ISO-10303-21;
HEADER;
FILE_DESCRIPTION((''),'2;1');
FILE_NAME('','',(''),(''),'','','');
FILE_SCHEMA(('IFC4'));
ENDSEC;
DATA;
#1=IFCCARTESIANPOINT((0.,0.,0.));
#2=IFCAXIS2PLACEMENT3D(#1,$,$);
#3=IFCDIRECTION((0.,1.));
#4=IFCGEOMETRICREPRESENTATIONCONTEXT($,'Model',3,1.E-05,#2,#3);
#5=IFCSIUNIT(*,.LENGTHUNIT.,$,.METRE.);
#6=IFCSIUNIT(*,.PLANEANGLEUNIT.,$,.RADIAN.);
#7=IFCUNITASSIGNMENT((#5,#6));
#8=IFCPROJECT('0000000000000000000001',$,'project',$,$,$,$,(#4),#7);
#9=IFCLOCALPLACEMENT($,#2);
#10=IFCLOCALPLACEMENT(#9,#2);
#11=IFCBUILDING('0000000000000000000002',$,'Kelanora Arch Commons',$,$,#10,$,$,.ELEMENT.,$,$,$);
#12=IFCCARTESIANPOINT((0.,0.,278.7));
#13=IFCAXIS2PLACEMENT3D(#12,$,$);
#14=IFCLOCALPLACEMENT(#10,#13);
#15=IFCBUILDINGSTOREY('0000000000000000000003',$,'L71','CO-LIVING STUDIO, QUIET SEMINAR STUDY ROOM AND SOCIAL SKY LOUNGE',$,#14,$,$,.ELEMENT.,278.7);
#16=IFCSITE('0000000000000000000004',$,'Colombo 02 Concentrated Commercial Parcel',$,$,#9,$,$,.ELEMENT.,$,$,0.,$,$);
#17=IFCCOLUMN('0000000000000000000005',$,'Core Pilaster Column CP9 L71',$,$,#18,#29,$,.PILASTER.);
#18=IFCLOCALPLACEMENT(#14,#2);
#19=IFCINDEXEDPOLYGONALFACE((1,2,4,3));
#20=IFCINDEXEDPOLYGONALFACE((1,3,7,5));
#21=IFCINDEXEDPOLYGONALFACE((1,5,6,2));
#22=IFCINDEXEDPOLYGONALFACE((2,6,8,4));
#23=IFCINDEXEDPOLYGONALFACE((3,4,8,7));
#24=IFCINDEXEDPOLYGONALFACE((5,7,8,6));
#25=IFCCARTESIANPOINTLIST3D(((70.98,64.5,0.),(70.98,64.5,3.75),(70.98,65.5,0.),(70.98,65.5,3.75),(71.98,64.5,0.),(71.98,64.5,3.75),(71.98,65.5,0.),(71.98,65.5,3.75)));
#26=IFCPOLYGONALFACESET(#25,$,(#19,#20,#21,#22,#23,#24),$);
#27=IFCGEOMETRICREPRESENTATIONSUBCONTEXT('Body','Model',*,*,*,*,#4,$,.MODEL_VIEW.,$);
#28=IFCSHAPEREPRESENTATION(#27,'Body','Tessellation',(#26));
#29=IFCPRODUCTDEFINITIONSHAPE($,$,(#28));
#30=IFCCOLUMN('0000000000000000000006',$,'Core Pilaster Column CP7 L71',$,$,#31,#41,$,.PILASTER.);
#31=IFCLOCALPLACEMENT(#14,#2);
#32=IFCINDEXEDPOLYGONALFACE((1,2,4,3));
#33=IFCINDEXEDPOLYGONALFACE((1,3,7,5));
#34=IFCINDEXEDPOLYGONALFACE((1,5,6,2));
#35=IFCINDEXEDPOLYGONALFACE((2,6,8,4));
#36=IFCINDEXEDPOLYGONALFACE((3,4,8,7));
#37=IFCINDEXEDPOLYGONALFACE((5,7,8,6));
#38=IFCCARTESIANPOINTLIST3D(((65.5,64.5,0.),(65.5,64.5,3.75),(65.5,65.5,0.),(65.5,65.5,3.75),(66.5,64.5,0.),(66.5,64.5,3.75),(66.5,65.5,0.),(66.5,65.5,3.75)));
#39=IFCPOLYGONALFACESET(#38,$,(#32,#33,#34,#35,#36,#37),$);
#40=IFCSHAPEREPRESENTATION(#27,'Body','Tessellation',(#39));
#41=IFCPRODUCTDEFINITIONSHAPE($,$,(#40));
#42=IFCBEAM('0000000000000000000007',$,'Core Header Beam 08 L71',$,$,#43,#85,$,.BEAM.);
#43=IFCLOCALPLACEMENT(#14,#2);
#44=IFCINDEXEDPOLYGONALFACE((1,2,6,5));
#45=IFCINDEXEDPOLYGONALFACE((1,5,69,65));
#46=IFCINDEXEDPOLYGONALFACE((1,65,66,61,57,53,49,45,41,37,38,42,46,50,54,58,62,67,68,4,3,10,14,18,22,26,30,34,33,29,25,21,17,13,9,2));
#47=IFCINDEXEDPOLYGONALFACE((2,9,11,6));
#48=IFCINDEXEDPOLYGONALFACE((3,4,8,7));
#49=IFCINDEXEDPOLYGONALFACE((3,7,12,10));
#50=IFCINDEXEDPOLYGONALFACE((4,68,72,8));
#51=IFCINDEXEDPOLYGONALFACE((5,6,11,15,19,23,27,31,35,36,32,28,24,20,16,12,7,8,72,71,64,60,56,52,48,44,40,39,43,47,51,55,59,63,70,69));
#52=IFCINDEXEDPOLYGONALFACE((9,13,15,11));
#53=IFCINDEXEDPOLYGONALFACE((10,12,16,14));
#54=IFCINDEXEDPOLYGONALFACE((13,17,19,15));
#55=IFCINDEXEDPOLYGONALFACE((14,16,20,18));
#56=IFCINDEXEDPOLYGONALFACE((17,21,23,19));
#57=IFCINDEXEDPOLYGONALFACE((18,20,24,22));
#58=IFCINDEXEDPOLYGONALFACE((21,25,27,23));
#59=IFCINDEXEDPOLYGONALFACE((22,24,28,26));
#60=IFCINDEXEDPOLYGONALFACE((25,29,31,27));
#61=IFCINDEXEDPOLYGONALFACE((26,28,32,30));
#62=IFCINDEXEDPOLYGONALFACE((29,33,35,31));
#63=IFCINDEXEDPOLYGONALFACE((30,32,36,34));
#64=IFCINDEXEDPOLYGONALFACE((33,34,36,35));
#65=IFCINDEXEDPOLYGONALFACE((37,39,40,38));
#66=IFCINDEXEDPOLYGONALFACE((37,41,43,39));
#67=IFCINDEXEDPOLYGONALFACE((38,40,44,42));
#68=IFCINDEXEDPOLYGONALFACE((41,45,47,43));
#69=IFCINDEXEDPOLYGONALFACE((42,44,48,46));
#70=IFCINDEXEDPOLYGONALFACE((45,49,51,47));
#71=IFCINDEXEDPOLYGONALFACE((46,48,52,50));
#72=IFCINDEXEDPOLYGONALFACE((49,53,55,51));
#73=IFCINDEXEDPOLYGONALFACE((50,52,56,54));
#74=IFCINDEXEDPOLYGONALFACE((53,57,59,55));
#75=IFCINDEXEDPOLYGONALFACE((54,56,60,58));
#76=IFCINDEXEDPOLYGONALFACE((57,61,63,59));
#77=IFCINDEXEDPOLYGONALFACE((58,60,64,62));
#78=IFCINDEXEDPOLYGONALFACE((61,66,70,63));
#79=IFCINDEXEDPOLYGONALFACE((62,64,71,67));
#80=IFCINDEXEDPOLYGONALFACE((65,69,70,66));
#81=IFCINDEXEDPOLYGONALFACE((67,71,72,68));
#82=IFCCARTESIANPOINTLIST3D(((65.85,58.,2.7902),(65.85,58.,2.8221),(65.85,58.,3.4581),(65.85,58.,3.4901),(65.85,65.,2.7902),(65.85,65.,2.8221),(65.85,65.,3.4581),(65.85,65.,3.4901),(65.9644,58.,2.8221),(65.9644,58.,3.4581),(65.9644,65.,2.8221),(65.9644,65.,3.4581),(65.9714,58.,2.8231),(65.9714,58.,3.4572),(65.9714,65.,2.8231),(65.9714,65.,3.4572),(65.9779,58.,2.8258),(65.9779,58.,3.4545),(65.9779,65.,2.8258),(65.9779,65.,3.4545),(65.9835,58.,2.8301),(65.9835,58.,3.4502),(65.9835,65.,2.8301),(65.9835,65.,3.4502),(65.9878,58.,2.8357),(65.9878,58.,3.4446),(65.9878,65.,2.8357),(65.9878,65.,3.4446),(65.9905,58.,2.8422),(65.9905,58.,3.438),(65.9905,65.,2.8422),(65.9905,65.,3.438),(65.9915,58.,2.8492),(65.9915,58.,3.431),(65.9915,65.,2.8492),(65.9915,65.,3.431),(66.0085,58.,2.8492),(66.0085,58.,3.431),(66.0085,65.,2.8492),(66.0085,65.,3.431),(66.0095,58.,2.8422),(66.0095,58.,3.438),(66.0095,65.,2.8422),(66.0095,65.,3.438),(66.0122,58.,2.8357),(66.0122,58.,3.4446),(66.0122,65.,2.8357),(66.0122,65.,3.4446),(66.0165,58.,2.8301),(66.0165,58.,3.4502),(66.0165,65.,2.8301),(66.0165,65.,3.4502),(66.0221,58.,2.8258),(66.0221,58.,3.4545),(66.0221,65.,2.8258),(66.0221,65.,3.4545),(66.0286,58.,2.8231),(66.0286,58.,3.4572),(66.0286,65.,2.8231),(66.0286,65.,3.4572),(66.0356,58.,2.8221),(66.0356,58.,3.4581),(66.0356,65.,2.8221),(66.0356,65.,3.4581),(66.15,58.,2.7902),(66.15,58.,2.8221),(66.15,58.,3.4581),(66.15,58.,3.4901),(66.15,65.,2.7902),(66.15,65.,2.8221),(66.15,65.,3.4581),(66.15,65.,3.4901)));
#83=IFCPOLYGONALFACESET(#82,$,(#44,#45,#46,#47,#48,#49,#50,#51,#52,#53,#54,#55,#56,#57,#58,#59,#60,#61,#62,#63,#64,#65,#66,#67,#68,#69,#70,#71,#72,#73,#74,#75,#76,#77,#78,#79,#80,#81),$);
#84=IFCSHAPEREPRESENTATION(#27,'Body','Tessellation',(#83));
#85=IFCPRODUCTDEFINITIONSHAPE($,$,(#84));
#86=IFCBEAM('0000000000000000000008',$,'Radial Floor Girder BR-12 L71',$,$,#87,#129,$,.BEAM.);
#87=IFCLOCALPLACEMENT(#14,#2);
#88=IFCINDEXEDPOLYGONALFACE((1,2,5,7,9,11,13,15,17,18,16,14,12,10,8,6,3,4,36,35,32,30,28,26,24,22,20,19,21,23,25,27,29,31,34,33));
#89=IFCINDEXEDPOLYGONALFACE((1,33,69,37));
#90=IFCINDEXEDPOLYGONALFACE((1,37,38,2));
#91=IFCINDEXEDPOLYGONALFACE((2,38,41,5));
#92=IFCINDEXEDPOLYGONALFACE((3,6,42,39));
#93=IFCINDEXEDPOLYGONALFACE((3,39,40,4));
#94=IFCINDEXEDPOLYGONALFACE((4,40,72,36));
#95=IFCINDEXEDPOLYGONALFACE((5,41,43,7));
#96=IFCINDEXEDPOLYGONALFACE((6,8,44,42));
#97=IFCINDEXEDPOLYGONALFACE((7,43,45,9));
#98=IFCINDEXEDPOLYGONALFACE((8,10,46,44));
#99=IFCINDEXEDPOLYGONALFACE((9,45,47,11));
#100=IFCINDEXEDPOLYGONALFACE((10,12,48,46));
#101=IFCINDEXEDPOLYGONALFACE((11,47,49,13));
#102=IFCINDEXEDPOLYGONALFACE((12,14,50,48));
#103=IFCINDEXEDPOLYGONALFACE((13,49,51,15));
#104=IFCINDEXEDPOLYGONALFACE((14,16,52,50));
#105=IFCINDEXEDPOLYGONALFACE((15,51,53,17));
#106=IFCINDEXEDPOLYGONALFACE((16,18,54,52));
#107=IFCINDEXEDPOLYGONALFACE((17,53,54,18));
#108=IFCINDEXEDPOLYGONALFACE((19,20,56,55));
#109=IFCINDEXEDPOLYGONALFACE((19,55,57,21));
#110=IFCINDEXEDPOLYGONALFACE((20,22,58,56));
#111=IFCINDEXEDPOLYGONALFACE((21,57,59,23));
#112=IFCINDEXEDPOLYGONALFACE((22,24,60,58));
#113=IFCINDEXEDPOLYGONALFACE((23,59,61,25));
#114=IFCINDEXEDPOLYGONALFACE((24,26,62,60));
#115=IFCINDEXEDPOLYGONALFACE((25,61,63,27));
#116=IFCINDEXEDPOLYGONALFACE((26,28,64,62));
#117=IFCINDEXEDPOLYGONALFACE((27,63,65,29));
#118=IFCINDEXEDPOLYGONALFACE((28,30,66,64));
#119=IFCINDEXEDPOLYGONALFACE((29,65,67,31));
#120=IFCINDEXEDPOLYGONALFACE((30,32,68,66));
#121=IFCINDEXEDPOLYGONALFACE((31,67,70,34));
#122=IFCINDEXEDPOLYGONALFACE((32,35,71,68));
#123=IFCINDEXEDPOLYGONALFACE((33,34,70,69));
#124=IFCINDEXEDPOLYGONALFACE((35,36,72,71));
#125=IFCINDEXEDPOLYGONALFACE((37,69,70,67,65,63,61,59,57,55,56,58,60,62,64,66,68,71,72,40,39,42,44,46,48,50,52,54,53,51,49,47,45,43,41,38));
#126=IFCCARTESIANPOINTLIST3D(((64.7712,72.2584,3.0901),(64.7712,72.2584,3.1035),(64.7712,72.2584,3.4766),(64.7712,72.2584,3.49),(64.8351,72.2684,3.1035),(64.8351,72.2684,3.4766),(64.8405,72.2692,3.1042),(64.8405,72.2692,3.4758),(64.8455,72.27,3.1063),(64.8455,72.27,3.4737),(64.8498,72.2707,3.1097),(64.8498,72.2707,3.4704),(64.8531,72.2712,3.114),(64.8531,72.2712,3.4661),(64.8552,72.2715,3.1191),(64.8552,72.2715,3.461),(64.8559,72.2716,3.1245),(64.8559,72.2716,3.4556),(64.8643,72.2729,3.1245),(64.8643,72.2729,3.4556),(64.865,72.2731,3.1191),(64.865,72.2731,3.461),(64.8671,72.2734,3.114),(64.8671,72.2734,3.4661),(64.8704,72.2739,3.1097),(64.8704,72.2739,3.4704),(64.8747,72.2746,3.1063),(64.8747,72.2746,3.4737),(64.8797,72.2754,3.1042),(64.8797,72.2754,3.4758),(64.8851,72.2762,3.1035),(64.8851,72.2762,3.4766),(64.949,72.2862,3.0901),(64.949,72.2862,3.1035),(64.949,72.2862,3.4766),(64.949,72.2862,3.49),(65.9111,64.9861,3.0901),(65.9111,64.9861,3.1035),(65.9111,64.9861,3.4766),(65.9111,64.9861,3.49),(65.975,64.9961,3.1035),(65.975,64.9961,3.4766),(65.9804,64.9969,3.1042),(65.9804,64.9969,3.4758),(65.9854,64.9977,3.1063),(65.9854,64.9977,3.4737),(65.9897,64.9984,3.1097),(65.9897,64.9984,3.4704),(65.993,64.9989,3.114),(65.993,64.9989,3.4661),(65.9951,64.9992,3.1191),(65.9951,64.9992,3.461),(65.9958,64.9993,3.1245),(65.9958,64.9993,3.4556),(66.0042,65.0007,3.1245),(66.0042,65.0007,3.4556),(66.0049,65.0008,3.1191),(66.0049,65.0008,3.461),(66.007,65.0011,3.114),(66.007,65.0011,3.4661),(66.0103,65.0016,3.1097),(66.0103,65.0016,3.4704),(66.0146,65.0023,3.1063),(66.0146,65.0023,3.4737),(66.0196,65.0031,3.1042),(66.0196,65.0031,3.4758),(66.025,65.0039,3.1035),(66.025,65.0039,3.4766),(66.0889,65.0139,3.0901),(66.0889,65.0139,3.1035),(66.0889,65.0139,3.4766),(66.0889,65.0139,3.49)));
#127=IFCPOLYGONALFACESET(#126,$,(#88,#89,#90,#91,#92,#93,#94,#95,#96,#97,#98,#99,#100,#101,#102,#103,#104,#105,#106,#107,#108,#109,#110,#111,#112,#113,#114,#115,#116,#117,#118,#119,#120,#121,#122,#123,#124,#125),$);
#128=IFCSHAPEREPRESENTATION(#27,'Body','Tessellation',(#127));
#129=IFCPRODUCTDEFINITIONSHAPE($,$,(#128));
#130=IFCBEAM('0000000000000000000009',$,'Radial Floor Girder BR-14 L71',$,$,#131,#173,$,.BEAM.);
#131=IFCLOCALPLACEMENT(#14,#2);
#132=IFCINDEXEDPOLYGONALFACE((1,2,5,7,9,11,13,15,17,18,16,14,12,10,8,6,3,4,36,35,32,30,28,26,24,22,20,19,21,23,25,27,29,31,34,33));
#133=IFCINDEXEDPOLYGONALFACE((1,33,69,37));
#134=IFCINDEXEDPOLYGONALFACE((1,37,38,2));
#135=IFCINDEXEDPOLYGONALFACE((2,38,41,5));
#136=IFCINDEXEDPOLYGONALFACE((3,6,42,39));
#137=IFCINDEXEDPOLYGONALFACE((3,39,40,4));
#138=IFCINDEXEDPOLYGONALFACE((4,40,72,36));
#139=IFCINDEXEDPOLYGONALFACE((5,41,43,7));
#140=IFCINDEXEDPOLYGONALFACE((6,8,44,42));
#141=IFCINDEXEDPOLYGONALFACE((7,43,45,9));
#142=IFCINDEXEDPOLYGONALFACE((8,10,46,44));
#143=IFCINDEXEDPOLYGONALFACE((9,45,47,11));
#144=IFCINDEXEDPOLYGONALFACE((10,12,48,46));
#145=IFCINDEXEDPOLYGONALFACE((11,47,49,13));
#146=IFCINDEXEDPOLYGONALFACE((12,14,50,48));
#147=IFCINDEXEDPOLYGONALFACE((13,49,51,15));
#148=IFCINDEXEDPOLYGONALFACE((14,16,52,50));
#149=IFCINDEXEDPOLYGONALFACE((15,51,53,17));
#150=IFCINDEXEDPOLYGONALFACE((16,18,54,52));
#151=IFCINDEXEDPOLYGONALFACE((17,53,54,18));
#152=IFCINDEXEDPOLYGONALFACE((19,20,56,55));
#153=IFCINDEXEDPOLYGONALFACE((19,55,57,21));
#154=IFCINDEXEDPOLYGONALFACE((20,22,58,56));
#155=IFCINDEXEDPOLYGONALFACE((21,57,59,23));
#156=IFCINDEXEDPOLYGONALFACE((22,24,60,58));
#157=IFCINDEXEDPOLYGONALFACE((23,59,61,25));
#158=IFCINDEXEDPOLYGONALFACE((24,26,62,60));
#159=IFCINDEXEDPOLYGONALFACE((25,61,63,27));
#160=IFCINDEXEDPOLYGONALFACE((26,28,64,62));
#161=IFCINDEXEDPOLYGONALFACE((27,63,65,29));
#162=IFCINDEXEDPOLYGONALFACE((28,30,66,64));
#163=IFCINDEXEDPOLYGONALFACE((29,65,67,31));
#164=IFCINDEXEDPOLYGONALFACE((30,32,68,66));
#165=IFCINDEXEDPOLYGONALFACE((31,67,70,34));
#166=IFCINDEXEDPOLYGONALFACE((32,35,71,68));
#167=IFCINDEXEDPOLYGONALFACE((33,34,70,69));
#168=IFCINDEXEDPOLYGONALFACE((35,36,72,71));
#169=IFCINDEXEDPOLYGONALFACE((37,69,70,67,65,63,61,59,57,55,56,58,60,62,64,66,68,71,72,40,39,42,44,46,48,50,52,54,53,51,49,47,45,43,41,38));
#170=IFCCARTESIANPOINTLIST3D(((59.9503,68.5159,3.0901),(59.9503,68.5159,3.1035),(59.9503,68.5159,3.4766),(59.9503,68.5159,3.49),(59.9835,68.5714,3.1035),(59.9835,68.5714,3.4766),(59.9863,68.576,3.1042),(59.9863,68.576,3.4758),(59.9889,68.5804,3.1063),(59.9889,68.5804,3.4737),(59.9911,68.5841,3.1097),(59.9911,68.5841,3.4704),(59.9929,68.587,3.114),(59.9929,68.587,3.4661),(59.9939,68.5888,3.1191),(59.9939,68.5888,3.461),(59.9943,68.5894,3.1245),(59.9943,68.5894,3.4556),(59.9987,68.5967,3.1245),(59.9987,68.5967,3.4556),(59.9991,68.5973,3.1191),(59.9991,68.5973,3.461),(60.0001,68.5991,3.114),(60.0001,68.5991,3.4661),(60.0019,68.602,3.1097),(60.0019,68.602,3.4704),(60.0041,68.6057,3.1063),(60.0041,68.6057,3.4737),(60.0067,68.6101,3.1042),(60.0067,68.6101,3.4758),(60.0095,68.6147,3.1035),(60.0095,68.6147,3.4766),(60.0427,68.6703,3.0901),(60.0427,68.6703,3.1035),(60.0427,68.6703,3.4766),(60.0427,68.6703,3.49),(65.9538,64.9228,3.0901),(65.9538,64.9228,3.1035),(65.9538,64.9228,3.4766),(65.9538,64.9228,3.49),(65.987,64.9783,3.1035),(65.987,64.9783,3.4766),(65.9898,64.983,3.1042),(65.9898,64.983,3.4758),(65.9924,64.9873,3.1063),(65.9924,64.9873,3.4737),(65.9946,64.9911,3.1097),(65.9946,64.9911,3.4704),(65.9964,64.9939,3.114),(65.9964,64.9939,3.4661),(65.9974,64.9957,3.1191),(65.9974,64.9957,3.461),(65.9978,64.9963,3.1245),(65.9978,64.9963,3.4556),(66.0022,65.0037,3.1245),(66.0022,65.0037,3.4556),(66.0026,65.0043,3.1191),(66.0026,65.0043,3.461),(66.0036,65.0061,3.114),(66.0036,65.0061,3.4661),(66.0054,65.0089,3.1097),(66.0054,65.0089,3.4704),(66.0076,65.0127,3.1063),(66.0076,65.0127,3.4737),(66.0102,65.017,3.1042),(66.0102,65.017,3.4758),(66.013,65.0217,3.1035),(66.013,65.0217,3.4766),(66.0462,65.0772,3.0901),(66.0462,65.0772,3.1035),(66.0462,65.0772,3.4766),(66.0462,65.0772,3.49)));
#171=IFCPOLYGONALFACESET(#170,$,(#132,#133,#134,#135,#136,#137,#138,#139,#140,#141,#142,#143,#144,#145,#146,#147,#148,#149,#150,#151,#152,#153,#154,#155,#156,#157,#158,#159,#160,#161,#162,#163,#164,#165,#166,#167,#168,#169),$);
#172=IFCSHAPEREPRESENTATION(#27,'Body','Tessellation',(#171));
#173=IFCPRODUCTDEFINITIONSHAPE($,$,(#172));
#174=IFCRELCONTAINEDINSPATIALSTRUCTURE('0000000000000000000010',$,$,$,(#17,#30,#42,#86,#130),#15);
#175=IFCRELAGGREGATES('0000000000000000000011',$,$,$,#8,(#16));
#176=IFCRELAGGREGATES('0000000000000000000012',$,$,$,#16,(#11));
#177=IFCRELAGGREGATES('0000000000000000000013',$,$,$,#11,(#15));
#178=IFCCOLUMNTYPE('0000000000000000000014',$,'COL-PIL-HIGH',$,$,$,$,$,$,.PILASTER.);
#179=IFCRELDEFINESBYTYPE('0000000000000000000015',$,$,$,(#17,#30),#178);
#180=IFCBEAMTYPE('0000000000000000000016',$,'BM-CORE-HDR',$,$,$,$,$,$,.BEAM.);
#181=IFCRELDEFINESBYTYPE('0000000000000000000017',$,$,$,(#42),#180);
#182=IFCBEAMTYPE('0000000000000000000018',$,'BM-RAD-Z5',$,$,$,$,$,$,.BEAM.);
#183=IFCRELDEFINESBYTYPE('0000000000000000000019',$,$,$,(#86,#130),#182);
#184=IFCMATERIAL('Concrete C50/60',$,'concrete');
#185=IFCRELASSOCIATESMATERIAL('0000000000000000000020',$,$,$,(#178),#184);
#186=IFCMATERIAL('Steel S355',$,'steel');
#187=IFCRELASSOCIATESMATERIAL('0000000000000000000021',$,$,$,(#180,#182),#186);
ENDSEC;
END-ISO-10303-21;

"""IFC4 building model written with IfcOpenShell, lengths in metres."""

from ifc_helpers import new_model, si_unit, direction, frame, origin, origin_2d, place, context, subcontext, project, spatial, rectangle, i_section, extrude, material, material_profile, profile_set, type_object, element, save


model = new_model("IFC4")

# Units and contexts
model_context = context("Model", 3, precision=1e-05, world=origin(), true_north=direction((0.0, 1.0)))
body_context = subcontext(model_context, "Body", "Model", "MODEL_VIEW")
ifc_project = project(units=[si_unit("LENGTHUNIT", "METRE"), si_unit("PLANEANGLEUNIT", "RADIAN")], contexts=[model_context])

# Site, building, storey
site_placement = place(None, origin())
site = spatial("IfcSite", under=ifc_project, at=site_placement, Name="Colombo 02 Concentrated Commercial Parcel", CompositionType="ELEMENT", RefElevation=0.0)
building_placement = place(site_placement, origin())
building = spatial("IfcBuilding", under=site, at=building_placement, Name="Kelanora Arch Commons", CompositionType="ELEMENT")
storey_placement = place(building_placement, frame((0.0, 0.0, 278.7)))
storey = spatial("IfcBuildingStorey", under=building, at=storey_placement, Name="L71", Description="CO-LIVING STUDIO, QUIET SEMINAR STUDY ROOM AND SOCIAL SKY LOUNGE", CompositionType="ELEMENT", Elevation=278.7)

# Columns
ifc_material_1 = material(Name="Concrete C50/60", Category="concrete")
ifc_material_profile_1 = material_profile(ifc_material_1, rectangle(XDim=1.0, YDim=1.0, at=origin_2d()), Name="RC1000x1000")
ifc_profile_set_1 = profile_set([ifc_material_profile_1], Name="Concrete C50/60")
column_type = type_object("IfcColumnType", Name="COL-PIL-HIGH", PredefinedType="PILASTER", material=ifc_profile_set_1)
for number, where, z_axis, x_axis, name in (
    (1, (71.48, 65.0, 0.0), (0.0, 0.0, 1.0), (1.0, 0.0, 0.0), "Core Pilaster Column CP9 L71"),
    (2, (66.0, 65.0, 0.0), (0.0, 0.0, 1.0), (1.0, 0.0, 0.0), "Core Pilaster Column CP7 L71"),
):
    element("IfcColumn", number, at=place(storey_placement, frame(where, z_axis=z_axis, x_axis=x_axis)), inside=storey, type_object=column_type, Name=name, PredefinedType="PILASTER", context=body_context, shape_type="SweptSolid", body=[
        extrude(rectangle(XDim=1.0, YDim=1.0, at=origin_2d()), origin(), (0.0, 0.0, 1.0), 3.75),
    ])

# Beams
ifc_material_2 = material(Name="Steel S355", Category="steel")
ifc_material_profile_2 = material_profile(ifc_material_2, i_section(OverallWidth=0.3, OverallDepth=0.7, WebThickness=0.0171, FlangeThickness=0.032, FilletRadius=0.0271, at=origin_2d()), Name="HEB700")
ifc_profile_set_2 = profile_set([ifc_material_profile_2], Name="Steel S355")
beam_type_1 = type_object("IfcBeamType", Name="BM-CORE-HDR", PredefinedType="BEAM", material=ifc_profile_set_2)
beam_1_placement = place(storey_placement, frame((66.0, 65.0, 3.1401), z_axis=(0.0, -1.0, 0.0), x_axis=(1.0, 0.0, 0.0)))
element("IfcBeam", 3, at=beam_1_placement, inside=storey, type_object=beam_type_1, Name="Core Header Beam 08 L71", PredefinedType="BEAM", context=body_context, shape_type="SweptSolid", body=[
    extrude(i_section(OverallWidth=0.3, OverallDepth=0.7, WebThickness=0.0171, FlangeThickness=0.032, FilletRadius=0.0271, at=origin_2d()), origin(), (0.0, 0.0, 1.0), 7.0),
])
ifc_material_profile_3 = material_profile(ifc_material_2, i_section(OverallWidth=0.1799, OverallDepth=0.3999, WebThickness=0.0085, FlangeThickness=0.0134, FilletRadius=0.021, at=origin_2d()), Name="IPE400")
ifc_profile_set_3 = profile_set([ifc_material_profile_3], Name="Steel S355")
beam_type_2 = type_object("IfcBeamType", Name="BM-RAD-Z5", PredefinedType="BEAM", material=ifc_profile_set_3)
beam_2_placement = place(storey_placement, frame((66.0, 65.0, 3.29), z_axis=(-0.154855, 0.987937, 0.0), x_axis=(-0.987937, -0.154855, 0.0)))
element("IfcBeam", 4, at=beam_2_placement, inside=storey, type_object=beam_type_2, Name="Radial Floor Girder BR-12 L71", PredefinedType="BEAM", context=body_context, shape_type="SweptSolid", body=[
    extrude(i_section(OverallWidth=0.1799, OverallDepth=0.3999, WebThickness=0.0085, FlangeThickness=0.0134, FilletRadius=0.021, at=origin_2d()), origin(), (0.0, 0.0, 1.0), 7.3611),
])
beam_3_placement = place(storey_placement, frame((66.0, 65.0, 3.29), z_axis=(-0.858062, 0.513546, 0.0), x_axis=(-0.513546, -0.858062, 0.0)))
element("IfcBeam", 5, at=beam_3_placement, inside=storey, type_object=beam_type_2, Name="Radial Floor Girder BR-14 L71", PredefinedType="BEAM", context=body_context, shape_type="SweptSolid", body=[
    extrude(i_section(OverallWidth=0.1799, OverallDepth=0.3999, WebThickness=0.0085, FlangeThickness=0.0134, FilletRadius=0.021, at=origin_2d()), origin(), (0.0, 0.0, 1.0), 6.9966),
])

save(model, "model.ifc")
